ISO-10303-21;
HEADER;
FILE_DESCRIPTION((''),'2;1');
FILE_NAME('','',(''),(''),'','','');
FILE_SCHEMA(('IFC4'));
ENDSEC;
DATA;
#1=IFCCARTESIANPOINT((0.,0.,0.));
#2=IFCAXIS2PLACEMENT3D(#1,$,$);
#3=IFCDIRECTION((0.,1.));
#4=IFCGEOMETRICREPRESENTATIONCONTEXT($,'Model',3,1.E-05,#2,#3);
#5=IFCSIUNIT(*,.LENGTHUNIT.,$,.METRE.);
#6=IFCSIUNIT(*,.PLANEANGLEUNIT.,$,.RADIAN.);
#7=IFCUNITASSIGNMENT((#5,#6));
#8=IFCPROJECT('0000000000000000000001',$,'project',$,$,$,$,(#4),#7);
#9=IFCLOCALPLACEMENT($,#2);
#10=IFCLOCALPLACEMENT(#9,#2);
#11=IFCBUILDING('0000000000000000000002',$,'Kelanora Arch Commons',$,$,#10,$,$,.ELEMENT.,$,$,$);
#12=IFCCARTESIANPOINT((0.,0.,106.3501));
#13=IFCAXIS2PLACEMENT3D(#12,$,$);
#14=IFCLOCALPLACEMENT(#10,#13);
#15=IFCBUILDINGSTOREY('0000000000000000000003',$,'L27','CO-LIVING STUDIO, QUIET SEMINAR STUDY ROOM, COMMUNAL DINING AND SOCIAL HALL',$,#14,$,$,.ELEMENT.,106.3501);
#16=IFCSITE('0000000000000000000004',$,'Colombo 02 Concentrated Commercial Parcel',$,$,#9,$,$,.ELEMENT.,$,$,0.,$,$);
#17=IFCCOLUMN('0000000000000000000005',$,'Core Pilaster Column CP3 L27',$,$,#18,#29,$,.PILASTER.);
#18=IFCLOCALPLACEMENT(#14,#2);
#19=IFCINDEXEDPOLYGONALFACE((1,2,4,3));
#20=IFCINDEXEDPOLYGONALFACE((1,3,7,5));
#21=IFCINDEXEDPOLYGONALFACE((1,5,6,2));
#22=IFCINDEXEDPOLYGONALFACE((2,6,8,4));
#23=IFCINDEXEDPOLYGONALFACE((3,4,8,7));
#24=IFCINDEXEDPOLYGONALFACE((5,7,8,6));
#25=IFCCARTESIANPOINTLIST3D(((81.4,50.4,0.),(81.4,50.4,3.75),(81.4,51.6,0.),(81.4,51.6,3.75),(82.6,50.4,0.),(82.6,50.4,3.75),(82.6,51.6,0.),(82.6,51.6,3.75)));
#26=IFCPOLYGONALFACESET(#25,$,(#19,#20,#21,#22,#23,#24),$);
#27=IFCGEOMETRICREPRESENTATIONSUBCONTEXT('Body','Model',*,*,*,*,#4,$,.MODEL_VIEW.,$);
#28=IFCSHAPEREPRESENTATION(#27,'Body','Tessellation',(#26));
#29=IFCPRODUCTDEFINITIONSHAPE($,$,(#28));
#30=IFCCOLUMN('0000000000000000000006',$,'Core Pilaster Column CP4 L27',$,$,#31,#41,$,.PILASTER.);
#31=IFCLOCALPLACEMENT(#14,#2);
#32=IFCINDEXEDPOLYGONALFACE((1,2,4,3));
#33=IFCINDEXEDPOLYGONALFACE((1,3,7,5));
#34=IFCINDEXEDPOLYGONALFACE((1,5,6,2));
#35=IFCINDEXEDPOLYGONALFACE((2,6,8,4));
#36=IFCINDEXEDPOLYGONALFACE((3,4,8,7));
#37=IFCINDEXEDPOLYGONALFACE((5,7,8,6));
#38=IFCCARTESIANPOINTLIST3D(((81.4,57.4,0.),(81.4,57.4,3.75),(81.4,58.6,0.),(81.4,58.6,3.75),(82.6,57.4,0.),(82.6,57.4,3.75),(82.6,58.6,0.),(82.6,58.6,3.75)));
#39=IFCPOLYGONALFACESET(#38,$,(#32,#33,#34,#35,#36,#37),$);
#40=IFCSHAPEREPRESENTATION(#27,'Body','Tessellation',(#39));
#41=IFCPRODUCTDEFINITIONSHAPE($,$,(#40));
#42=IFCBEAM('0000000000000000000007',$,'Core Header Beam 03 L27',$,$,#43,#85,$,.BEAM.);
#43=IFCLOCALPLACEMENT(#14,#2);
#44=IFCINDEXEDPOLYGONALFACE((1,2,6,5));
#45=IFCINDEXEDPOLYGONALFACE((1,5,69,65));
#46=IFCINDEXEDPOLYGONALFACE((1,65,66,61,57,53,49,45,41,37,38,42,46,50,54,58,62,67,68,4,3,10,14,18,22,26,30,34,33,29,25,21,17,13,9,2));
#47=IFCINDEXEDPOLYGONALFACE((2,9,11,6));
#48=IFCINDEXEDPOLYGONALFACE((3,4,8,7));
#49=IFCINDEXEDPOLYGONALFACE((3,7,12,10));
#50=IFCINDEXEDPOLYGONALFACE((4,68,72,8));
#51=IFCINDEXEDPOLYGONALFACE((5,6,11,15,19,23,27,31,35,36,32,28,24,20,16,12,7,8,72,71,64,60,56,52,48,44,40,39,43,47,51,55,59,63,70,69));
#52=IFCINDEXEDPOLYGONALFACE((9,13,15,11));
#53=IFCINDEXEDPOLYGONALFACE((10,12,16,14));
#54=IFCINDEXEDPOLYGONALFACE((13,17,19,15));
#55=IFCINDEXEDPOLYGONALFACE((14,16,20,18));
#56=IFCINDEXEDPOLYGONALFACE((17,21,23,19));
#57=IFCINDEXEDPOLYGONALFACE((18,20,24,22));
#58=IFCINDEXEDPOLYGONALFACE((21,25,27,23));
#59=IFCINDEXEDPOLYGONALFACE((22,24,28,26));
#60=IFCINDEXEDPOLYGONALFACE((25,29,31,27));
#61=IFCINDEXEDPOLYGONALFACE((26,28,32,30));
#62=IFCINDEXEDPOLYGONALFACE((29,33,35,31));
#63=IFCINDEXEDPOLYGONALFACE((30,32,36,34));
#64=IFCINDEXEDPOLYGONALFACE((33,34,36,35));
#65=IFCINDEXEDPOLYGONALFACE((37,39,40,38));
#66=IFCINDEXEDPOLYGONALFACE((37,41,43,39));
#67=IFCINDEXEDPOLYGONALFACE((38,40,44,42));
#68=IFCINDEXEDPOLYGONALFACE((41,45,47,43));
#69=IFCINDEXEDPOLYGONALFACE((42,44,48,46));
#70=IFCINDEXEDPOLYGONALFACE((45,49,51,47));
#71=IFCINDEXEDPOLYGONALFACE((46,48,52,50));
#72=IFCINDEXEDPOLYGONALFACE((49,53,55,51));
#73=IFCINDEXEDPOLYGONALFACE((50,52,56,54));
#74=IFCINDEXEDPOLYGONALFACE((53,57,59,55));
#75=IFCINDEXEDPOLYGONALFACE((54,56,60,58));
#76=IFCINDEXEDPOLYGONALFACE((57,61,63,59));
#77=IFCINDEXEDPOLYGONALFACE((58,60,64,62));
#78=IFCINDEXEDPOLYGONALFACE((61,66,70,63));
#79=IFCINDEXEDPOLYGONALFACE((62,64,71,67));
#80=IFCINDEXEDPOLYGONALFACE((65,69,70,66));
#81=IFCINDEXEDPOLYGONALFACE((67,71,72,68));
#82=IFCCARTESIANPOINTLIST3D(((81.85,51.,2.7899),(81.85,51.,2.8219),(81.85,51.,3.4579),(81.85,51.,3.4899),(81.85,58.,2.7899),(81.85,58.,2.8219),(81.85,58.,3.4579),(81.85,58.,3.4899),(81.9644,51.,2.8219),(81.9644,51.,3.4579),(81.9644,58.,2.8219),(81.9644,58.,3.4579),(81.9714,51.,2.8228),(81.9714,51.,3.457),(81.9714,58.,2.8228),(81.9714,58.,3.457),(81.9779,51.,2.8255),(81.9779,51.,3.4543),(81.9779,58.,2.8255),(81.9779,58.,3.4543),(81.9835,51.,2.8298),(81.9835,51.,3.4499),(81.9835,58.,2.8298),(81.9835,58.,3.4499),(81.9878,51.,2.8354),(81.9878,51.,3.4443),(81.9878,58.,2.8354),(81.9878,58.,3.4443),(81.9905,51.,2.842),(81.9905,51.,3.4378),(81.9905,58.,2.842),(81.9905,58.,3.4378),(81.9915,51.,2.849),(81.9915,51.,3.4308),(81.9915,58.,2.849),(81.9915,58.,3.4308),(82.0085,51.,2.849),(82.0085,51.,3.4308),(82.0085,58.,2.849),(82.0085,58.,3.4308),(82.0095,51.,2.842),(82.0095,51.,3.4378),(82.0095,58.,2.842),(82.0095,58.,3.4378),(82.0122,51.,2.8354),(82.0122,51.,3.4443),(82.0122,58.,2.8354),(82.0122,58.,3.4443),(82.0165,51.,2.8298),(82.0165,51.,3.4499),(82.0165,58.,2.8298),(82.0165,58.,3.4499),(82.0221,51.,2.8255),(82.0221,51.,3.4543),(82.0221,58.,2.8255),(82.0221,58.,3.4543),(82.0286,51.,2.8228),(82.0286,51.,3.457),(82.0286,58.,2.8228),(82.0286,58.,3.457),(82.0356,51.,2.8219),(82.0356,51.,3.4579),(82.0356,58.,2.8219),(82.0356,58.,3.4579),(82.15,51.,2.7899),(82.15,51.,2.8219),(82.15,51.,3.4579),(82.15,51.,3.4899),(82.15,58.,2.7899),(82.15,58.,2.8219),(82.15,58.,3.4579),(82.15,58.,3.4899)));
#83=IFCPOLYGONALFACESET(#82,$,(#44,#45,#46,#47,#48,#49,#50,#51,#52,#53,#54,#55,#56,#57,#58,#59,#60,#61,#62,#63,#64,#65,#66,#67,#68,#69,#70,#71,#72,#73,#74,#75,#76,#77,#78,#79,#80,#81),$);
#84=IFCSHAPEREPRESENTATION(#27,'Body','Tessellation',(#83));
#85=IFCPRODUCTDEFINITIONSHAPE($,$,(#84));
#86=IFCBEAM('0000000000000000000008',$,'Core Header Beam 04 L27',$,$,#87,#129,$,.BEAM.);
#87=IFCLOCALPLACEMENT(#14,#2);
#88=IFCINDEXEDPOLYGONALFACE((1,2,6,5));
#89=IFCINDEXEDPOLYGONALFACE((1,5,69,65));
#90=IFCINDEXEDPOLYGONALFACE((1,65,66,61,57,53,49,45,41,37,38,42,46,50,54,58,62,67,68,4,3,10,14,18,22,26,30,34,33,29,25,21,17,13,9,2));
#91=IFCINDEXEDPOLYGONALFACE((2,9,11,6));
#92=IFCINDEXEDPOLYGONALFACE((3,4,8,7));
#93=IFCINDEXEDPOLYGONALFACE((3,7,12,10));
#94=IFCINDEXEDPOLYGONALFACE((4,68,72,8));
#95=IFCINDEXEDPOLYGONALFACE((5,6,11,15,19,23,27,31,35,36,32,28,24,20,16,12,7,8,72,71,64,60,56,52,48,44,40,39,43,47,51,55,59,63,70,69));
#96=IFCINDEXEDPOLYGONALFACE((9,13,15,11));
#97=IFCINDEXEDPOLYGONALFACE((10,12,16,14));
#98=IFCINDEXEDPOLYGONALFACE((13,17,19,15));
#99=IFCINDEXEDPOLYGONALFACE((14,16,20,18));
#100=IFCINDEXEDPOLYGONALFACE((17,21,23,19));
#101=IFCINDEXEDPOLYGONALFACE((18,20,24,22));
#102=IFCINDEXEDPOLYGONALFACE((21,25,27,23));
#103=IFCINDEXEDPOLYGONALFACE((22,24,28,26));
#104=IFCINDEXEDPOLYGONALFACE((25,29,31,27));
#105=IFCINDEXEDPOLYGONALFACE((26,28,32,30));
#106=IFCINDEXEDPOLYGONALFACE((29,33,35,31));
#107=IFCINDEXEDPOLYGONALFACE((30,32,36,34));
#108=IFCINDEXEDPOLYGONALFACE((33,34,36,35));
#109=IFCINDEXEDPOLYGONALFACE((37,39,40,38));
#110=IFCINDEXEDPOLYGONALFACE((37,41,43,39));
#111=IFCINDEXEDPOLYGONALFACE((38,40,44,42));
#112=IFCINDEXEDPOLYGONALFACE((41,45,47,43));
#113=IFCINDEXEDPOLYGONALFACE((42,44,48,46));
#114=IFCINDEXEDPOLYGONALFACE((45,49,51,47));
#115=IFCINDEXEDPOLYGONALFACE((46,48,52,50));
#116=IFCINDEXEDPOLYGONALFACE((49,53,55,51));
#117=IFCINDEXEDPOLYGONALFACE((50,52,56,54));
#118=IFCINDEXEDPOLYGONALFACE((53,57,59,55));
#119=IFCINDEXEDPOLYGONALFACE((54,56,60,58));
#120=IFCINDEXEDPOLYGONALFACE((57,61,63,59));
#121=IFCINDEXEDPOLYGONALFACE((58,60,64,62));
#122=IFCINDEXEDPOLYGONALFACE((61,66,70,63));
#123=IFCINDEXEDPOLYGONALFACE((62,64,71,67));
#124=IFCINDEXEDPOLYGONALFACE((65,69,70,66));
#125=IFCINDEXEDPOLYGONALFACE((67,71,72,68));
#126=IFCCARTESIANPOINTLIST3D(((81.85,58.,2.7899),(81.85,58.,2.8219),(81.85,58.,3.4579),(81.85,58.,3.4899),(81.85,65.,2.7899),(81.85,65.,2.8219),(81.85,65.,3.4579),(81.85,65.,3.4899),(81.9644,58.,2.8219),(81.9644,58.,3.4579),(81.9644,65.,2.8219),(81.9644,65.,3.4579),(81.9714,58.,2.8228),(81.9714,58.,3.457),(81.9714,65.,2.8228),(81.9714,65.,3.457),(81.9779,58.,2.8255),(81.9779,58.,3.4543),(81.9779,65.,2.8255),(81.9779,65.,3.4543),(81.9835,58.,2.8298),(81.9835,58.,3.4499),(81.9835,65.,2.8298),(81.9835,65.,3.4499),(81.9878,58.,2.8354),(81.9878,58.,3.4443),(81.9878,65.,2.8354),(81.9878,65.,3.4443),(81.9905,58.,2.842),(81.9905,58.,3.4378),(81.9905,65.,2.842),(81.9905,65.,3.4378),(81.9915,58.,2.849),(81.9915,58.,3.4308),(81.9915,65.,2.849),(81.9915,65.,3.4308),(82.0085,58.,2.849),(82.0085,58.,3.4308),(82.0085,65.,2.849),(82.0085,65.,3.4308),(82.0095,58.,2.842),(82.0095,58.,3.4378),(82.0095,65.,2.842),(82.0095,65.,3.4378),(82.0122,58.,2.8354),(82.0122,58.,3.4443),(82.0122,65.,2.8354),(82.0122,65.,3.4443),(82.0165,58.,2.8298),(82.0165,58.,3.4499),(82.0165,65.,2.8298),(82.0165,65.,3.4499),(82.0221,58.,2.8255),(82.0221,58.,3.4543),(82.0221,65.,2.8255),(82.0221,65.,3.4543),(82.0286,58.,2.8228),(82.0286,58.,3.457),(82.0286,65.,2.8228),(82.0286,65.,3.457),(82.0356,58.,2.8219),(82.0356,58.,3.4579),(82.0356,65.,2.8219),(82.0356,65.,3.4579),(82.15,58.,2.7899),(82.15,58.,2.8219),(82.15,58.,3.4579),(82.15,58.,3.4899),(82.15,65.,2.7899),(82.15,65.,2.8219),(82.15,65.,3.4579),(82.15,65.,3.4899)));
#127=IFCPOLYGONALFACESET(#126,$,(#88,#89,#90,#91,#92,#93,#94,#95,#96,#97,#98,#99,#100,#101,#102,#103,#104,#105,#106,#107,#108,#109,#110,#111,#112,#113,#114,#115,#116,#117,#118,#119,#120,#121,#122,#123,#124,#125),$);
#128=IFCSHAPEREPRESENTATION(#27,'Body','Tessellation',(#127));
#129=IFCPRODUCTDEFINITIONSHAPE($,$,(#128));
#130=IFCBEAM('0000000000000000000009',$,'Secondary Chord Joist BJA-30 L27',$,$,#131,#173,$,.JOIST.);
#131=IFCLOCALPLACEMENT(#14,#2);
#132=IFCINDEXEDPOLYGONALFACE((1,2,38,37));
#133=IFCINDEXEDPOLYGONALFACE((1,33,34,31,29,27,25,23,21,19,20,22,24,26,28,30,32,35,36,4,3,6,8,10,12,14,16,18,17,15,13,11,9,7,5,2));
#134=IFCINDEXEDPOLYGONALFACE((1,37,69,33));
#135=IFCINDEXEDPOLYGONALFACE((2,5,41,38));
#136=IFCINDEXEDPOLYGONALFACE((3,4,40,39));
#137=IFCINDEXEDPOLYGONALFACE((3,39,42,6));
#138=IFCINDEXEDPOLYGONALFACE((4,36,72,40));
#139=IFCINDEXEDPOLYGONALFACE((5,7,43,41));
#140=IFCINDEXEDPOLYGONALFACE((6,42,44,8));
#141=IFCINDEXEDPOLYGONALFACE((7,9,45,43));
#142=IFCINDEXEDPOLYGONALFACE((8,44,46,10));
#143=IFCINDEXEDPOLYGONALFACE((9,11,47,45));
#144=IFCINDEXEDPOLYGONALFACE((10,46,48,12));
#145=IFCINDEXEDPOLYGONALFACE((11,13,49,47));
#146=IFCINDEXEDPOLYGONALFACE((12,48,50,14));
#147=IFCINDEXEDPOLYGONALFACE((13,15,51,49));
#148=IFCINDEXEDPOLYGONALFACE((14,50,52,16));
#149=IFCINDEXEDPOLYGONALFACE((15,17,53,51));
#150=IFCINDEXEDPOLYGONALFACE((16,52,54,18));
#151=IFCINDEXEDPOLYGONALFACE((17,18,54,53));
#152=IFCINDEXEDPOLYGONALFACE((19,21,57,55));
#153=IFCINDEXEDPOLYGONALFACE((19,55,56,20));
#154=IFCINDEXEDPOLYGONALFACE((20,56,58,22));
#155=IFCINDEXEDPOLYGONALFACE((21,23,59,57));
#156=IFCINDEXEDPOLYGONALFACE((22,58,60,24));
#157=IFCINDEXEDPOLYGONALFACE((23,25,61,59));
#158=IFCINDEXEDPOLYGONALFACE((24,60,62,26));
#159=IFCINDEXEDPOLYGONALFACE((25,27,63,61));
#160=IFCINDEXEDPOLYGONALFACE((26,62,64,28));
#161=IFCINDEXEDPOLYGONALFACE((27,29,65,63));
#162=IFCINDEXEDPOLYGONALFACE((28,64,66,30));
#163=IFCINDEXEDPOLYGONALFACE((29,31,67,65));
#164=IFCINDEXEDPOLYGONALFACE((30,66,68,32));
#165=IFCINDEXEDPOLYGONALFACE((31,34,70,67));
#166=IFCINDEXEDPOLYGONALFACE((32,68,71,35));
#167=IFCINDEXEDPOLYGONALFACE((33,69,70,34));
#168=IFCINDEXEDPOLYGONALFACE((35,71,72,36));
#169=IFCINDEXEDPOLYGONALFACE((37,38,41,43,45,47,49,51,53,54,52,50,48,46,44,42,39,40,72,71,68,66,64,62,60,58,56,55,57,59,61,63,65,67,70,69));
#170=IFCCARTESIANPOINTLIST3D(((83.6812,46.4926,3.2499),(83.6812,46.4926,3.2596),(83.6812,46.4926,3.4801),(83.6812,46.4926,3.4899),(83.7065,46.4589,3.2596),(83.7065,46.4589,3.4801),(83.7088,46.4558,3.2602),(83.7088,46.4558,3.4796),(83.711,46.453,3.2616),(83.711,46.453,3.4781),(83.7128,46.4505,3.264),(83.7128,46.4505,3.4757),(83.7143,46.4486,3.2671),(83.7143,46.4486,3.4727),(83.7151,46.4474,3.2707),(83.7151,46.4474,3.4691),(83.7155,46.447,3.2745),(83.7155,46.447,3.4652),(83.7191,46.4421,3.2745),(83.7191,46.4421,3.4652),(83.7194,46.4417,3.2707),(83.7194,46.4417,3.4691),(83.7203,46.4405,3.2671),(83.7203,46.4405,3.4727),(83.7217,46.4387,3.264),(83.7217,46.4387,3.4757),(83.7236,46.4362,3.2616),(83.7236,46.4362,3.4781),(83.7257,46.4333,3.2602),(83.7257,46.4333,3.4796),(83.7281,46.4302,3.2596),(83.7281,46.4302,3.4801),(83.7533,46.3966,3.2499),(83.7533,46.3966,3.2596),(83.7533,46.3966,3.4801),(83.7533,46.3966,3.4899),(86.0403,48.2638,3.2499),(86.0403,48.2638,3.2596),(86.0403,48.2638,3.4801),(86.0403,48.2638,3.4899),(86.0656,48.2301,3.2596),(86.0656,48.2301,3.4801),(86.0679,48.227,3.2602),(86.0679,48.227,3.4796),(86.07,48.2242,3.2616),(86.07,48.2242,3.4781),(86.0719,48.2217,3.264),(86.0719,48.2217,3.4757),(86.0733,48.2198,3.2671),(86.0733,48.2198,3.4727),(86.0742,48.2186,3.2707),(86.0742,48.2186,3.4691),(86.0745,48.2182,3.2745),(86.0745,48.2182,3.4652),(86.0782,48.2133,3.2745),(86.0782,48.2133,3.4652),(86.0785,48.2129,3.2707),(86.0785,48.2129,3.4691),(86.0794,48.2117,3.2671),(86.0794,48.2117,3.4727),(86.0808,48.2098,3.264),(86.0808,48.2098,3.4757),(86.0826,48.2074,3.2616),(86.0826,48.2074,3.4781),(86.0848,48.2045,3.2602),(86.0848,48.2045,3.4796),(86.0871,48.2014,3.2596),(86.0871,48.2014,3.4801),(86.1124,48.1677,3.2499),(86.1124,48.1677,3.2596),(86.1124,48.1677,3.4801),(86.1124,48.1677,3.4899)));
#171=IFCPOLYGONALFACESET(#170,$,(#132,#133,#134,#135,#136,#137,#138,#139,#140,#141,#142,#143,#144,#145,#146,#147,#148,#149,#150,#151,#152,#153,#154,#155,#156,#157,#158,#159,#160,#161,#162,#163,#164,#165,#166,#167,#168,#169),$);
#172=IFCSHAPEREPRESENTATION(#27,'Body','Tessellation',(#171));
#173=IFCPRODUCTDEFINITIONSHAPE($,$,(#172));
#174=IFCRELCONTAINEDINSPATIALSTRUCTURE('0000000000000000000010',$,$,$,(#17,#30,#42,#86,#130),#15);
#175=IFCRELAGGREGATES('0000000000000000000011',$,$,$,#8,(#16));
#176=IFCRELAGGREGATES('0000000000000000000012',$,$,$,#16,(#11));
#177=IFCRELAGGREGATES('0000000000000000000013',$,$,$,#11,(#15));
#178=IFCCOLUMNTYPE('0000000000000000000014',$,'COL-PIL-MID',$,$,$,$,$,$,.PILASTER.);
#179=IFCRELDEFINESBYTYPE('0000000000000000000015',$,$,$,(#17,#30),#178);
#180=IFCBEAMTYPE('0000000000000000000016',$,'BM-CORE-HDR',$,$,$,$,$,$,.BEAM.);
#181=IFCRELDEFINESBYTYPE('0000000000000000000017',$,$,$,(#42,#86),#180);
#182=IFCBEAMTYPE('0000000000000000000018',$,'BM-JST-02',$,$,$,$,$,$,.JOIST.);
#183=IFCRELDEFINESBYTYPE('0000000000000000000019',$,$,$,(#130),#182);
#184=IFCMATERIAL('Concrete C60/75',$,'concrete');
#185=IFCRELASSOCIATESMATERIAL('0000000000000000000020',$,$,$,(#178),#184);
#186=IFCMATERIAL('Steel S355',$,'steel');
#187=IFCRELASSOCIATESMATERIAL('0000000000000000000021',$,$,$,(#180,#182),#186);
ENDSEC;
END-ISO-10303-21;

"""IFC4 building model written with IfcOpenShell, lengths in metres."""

from ifc_helpers import new_model, si_unit, direction, frame, origin, origin_2d, place, context, subcontext, project, spatial, rectangle, i_section, extrude, material, material_profile, profile_set, type_object, element, save


model = new_model("IFC4")

# Units and contexts
model_context = context("Model", 3, precision=1e-05, world=origin(), true_north=direction((0.0, 1.0)))
body_context = subcontext(model_context, "Body", "Model", "MODEL_VIEW")
ifc_project = project(units=[si_unit("LENGTHUNIT", "METRE"), si_unit("PLANEANGLEUNIT", "RADIAN")], contexts=[model_context])

# Site, building, storey
site_placement = place(None, origin())
site = spatial("IfcSite", under=ifc_project, at=site_placement, Name="Colombo 02 Concentrated Commercial Parcel", CompositionType="ELEMENT", RefElevation=0.0)
building_placement = place(site_placement, origin())
building = spatial("IfcBuilding", under=site, at=building_placement, Name="Kelanora Arch Commons", CompositionType="ELEMENT")
storey_placement = place(building_placement, frame((0.0, 0.0, 106.3501)))
storey = spatial("IfcBuildingStorey", under=building, at=storey_placement, Name="L27", Description="CO-LIVING STUDIO, QUIET SEMINAR STUDY ROOM, COMMUNAL DINING AND SOCIAL HALL", CompositionType="ELEMENT", Elevation=106.3501)

# Columns
ifc_material_1 = material(Name="Concrete C60/75", Category="concrete")
ifc_material_profile_1 = material_profile(ifc_material_1, rectangle(XDim=1.2, YDim=1.2, at=origin_2d()), Name="RC1200x1200")
ifc_profile_set_1 = profile_set([ifc_material_profile_1], Name="Concrete C60/75")
column_type = type_object("IfcColumnType", Name="COL-PIL-MID", PredefinedType="PILASTER", material=ifc_profile_set_1)
for number, where, z_axis, x_axis, name in (
    (1, (82.0, 51.0, 0.0), (0.0, 0.0, 1.0), (1.0, 0.0, 0.0), "Core Pilaster Column CP3 L27"),
    (2, (82.0, 58.0, 0.0), (0.0, 0.0, 1.0), (1.0, 0.0, 0.0), "Core Pilaster Column CP4 L27"),
):
    element("IfcColumn", number, at=place(storey_placement, frame(where, z_axis=z_axis, x_axis=x_axis)), inside=storey, type_object=column_type, Name=name, PredefinedType="PILASTER", context=body_context, shape_type="SweptSolid", body=[
        extrude(rectangle(XDim=1.2, YDim=1.2, at=origin_2d()), origin(), (0.0, 0.0, 1.0), 3.75),
    ])

# Beams
ifc_material_2 = material(Name="Steel S355", Category="steel")
ifc_material_profile_2 = material_profile(ifc_material_2, i_section(OverallWidth=0.3, OverallDepth=0.7, WebThickness=0.0171, FlangeThickness=0.032, FilletRadius=0.0271, at=origin_2d()), Name="HEB700")
ifc_profile_set_2 = profile_set([ifc_material_profile_2], Name="Steel S355")
beam_type_1 = type_object("IfcBeamType", Name="BM-CORE-HDR", PredefinedType="BEAM", material=ifc_profile_set_2)
for number, where, z_axis, x_axis, name in (
    (3, (82.0, 51.0, 3.1399), (0.0, 1.0, 0.0), (-1.0, 0.0, 0.0), "Core Header Beam 03 L27"),
    (4, (82.0, 58.0, 3.1399), (0.0, 1.0, 0.0), (-1.0, 0.0, 0.0), "Core Header Beam 04 L27"),
):
    element("IfcBeam", number, at=place(storey_placement, frame(where, z_axis=z_axis, x_axis=x_axis)), inside=storey, type_object=beam_type_1, Name=name, PredefinedType="BEAM", context=body_context, shape_type="SweptSolid", body=[
        extrude(i_section(OverallWidth=0.3, OverallDepth=0.7, WebThickness=0.0171, FlangeThickness=0.032, FilletRadius=0.0271, at=origin_2d()), origin(), (0.0, 0.0, 1.0), 7.0),
    ])
ifc_material_profile_3 = material_profile(ifc_material_2, i_section(OverallWidth=0.1201, OverallDepth=0.24, WebThickness=0.0061, FlangeThickness=0.0098, FilletRadius=0.0149, at=origin_2d()), Name="IPE240")
ifc_profile_set_3 = profile_set([ifc_material_profile_3], Name="Steel S355")
beam_type_2 = type_object("IfcBeamType", Name="BM-JST-02", PredefinedType="JOIST", material=ifc_profile_set_3)
beam_1_placement = place(storey_placement, frame((83.7173, 46.4446, 3.3699), z_axis=(0.799692, 0.60041, 0.0), x_axis=(-0.60041, 0.799692, 0.0)))
element("IfcBeam", 5, at=beam_1_placement, inside=storey, type_object=beam_type_2, Name="Secondary Chord Joist BJA-30 L27", PredefinedType="JOIST", context=body_context, shape_type="SweptSolid", body=[
    extrude(i_section(OverallWidth=0.1201, OverallDepth=0.24, WebThickness=0.0061, FlangeThickness=0.0098, FilletRadius=0.0149, at=origin_2d()), origin(), (0.0, 0.0, 1.0), 2.95),
])

save(model, "model.ifc")
